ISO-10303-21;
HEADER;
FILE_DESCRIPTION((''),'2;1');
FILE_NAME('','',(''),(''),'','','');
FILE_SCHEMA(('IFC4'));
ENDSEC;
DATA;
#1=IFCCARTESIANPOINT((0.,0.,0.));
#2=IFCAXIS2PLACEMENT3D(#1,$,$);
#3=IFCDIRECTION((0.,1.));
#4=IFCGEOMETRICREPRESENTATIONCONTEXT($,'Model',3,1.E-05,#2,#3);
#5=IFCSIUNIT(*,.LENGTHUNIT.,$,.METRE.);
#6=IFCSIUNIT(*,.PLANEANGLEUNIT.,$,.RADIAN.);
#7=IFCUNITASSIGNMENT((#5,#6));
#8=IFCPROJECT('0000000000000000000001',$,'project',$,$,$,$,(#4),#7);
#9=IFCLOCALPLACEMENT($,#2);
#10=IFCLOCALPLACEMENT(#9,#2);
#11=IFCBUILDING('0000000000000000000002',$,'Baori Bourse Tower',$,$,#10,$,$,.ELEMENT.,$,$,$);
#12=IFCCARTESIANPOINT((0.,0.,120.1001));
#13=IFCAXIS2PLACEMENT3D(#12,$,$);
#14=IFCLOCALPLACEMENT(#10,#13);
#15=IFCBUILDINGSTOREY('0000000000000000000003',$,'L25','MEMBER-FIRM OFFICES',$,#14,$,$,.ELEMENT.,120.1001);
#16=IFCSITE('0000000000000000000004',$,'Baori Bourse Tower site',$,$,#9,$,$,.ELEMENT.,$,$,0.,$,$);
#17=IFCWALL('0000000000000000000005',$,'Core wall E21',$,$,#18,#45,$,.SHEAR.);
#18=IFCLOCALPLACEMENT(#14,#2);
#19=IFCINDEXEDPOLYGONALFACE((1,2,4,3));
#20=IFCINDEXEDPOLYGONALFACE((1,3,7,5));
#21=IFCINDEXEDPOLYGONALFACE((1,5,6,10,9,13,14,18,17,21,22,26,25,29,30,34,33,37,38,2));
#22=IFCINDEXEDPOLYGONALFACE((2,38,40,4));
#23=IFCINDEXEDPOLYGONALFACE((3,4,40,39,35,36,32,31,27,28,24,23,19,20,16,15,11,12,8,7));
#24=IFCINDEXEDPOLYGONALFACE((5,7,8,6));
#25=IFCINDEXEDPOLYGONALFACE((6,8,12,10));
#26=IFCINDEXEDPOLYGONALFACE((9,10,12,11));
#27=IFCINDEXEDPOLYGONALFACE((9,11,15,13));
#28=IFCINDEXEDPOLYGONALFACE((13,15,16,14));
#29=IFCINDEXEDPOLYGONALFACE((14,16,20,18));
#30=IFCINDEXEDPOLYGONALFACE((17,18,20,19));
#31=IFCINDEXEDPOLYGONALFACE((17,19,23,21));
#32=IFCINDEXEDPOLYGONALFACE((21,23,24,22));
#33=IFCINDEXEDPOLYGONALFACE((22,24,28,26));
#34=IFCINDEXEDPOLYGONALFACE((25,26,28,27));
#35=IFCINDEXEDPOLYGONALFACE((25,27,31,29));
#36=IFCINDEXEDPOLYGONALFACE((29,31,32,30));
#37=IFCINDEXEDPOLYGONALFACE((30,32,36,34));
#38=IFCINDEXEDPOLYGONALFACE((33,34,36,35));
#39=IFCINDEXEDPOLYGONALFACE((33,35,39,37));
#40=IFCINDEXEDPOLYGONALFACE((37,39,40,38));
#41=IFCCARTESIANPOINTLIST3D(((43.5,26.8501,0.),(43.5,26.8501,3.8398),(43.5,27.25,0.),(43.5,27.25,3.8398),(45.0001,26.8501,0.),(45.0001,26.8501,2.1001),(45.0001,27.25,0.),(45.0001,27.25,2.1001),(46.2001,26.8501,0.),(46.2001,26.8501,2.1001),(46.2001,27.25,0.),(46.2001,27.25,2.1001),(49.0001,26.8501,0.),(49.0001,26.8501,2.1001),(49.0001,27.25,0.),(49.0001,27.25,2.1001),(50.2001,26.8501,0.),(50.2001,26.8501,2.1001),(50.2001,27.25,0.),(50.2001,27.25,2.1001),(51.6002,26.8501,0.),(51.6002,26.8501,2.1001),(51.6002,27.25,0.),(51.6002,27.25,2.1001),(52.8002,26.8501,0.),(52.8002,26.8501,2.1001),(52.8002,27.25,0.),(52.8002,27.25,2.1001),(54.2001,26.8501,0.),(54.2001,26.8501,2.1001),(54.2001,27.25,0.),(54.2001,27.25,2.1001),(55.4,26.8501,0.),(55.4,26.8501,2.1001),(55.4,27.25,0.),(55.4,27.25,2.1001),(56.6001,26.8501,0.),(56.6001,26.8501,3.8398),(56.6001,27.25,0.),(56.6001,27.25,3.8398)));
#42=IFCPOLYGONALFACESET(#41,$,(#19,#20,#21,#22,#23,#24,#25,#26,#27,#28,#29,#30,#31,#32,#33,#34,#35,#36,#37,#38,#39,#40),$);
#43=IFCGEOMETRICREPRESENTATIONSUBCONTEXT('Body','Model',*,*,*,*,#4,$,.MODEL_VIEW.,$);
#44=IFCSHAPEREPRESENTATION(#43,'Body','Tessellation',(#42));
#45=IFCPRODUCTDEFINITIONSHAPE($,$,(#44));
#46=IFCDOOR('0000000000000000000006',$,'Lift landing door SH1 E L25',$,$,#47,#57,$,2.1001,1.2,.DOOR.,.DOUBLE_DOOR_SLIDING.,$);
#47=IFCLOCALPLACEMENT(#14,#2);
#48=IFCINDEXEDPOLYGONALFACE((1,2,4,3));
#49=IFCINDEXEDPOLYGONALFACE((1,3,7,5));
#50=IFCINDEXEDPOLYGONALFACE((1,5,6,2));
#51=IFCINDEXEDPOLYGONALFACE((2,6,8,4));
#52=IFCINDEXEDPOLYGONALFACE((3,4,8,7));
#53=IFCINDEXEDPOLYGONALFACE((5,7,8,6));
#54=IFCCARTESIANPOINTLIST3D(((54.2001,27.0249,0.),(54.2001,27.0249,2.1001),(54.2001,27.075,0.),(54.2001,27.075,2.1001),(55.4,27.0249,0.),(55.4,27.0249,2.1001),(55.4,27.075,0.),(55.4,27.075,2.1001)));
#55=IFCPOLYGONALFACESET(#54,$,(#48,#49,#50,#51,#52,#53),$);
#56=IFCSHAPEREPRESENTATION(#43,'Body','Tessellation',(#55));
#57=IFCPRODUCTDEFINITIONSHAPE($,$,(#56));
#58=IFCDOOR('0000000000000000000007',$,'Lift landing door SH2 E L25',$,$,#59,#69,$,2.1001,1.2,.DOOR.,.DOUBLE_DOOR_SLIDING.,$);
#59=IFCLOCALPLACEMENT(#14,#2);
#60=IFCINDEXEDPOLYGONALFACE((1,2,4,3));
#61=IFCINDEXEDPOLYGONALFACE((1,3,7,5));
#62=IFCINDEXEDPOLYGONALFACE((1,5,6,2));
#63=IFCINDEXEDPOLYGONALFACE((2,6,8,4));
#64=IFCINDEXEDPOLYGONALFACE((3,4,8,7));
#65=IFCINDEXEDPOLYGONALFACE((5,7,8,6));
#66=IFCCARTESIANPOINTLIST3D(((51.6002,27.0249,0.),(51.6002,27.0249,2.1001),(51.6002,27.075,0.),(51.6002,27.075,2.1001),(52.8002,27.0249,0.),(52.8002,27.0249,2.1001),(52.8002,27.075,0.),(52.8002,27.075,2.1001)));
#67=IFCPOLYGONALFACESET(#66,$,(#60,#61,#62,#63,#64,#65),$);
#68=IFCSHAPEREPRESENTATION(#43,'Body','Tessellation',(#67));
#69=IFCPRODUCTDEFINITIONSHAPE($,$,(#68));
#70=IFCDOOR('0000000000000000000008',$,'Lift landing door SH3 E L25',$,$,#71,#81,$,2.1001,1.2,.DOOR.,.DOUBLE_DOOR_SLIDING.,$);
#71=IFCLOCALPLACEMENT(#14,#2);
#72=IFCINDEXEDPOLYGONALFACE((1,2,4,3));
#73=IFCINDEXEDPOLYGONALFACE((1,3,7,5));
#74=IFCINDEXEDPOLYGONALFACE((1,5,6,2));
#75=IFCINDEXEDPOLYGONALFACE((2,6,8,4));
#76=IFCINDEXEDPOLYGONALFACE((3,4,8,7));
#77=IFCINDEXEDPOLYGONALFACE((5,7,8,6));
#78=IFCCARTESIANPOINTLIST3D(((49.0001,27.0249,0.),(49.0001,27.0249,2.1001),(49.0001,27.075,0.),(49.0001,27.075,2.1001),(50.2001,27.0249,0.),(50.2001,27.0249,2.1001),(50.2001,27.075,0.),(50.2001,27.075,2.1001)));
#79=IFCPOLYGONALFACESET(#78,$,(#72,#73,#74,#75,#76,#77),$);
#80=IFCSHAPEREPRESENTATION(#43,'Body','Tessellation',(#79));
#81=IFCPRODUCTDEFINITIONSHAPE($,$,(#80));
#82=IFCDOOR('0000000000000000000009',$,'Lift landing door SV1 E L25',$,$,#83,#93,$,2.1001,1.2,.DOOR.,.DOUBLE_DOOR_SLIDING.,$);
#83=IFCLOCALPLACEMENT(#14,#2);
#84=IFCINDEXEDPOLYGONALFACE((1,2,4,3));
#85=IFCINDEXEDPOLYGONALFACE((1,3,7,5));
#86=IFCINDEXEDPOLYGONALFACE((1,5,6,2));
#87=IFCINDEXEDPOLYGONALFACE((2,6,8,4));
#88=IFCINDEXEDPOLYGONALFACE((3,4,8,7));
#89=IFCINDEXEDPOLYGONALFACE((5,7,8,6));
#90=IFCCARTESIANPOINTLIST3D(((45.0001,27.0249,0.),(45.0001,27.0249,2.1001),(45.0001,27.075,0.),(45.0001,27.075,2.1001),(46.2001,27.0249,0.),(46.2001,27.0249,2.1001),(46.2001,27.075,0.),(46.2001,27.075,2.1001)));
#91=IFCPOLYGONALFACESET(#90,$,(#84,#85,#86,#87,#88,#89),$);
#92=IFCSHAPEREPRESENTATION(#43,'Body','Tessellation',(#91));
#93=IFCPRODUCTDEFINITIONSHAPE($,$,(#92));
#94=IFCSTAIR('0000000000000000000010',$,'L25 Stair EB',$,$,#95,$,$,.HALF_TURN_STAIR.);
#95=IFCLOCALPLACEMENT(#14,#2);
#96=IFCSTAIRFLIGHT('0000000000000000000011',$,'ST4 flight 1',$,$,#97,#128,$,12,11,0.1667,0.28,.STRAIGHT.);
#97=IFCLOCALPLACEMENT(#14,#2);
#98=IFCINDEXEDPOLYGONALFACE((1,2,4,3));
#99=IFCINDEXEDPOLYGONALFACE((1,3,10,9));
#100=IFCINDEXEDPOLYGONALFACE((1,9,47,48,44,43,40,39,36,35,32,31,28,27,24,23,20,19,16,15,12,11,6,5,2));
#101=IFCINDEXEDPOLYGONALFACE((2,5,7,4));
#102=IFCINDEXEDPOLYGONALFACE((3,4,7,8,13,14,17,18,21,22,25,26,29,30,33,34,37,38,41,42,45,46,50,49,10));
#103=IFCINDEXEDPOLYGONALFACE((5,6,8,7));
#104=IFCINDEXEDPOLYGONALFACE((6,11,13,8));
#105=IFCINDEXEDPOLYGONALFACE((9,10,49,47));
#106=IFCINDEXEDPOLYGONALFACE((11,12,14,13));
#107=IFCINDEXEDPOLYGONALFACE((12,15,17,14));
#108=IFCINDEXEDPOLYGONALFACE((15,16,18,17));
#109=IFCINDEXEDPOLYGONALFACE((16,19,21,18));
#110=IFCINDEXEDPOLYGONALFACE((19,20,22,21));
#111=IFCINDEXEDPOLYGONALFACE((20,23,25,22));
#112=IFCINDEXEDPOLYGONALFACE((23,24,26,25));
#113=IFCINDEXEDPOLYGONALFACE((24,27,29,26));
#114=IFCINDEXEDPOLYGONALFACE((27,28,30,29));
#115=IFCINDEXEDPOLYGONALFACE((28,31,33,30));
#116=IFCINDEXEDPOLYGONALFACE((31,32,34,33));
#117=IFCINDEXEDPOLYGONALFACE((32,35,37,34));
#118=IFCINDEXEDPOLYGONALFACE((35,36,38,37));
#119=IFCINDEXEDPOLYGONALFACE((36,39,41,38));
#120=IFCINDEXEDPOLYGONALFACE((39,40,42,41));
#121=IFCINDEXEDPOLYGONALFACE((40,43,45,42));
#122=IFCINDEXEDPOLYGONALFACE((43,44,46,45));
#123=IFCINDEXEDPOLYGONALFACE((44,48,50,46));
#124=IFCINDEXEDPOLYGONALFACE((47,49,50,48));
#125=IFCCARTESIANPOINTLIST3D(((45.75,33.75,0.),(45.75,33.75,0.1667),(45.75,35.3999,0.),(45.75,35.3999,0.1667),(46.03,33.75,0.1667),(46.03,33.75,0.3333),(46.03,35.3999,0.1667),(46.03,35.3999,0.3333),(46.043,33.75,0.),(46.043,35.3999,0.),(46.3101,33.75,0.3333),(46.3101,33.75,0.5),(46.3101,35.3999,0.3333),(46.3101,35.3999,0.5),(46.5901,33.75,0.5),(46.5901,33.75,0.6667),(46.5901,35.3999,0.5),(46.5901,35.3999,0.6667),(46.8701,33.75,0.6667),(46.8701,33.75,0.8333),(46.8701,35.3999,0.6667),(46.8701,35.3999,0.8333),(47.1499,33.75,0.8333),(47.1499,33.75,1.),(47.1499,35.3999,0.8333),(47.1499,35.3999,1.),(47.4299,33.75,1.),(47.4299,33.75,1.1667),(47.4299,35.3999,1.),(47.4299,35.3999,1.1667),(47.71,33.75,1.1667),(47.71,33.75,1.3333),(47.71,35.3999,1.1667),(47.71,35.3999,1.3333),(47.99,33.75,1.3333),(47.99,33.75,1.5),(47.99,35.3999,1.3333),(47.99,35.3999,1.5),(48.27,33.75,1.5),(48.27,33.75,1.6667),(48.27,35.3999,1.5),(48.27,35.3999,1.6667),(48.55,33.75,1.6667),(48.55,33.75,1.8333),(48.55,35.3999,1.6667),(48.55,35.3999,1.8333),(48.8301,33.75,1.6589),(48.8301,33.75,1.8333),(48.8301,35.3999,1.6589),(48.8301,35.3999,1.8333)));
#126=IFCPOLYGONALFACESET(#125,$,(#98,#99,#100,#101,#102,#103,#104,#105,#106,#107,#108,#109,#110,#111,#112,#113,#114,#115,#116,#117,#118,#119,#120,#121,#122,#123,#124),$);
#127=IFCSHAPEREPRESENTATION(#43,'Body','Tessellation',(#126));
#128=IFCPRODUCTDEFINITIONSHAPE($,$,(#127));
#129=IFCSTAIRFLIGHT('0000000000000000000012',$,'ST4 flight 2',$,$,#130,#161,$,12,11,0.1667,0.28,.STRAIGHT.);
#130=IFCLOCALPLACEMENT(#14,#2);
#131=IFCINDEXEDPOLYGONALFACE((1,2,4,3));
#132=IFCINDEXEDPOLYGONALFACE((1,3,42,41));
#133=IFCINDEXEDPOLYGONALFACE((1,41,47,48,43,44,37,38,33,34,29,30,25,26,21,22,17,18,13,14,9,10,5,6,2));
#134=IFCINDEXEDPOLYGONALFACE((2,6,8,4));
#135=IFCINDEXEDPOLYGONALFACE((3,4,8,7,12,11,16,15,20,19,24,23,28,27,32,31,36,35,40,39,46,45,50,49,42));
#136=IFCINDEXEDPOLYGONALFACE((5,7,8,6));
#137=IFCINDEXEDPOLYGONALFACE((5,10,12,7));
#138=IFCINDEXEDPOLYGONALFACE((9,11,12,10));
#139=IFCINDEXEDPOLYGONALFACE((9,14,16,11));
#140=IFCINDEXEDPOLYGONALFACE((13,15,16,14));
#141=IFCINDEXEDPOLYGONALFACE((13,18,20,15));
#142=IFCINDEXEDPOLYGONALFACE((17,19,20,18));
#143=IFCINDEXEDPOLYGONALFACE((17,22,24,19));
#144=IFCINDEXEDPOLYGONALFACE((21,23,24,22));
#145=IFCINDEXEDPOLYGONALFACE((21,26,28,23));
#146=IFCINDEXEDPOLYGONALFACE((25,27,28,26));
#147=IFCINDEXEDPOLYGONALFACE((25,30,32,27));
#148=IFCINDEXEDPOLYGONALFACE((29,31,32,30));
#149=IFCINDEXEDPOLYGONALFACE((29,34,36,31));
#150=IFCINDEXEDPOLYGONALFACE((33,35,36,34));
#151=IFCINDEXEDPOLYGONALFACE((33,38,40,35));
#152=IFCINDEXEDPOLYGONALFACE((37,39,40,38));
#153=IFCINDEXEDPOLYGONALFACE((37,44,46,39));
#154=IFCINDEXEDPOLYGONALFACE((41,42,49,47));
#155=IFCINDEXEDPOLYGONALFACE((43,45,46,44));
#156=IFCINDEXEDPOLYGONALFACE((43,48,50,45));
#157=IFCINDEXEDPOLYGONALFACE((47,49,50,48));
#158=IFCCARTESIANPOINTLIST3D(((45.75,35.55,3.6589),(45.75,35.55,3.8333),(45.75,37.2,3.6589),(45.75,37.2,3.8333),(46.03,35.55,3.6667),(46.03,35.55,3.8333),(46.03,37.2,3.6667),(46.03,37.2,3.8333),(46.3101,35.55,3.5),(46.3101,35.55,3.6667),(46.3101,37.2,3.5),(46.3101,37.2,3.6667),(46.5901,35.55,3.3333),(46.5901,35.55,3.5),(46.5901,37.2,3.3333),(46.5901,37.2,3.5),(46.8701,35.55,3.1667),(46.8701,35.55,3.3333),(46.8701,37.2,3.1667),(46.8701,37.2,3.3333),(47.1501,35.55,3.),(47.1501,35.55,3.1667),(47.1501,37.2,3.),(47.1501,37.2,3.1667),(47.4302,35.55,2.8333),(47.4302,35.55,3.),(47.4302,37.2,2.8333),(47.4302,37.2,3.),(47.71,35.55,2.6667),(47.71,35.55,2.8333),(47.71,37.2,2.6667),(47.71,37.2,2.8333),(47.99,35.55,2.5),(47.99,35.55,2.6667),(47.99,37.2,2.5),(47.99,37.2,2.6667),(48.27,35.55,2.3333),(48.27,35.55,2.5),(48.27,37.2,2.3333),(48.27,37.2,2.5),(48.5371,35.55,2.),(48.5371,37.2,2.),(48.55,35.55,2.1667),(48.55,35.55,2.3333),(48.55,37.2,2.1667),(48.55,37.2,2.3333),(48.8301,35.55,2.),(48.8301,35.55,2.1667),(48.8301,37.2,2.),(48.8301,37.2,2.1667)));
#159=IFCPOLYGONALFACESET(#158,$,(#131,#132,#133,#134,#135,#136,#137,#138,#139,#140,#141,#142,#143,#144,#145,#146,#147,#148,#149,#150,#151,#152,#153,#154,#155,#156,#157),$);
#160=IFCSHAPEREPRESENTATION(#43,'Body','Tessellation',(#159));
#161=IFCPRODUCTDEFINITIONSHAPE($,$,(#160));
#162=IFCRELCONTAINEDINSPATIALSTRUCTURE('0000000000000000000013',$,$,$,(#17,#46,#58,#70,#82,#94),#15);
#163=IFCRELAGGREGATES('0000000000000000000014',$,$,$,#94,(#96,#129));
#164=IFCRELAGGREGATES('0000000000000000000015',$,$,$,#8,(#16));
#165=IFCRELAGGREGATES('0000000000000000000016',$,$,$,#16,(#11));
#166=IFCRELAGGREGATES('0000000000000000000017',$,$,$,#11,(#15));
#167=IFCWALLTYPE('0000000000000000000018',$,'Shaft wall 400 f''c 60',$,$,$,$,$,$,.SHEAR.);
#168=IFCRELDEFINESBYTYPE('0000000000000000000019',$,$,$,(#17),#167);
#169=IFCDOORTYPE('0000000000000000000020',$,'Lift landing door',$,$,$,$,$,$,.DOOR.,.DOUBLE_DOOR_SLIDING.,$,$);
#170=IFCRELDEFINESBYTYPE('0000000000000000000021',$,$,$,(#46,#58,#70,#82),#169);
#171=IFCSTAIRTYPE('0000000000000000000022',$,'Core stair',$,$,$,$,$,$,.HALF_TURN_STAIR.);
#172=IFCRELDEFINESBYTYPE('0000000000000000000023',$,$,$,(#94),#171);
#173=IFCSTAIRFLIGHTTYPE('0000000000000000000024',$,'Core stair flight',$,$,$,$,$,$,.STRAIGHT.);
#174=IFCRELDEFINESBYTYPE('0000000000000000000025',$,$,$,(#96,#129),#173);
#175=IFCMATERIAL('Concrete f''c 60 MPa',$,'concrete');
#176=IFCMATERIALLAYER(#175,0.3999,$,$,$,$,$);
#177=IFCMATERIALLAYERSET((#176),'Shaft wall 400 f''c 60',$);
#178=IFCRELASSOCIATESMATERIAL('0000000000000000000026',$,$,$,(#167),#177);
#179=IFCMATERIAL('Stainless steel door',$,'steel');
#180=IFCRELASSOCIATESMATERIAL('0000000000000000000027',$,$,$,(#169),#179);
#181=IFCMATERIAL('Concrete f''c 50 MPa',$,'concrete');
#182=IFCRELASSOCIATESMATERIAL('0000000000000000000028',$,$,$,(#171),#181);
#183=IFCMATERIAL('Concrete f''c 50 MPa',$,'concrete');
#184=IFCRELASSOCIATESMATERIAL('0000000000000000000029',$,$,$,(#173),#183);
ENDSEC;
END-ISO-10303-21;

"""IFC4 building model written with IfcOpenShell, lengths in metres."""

from ifc_helpers import new_model, si_unit, direction, frame, frame_2d, origin, place, context, subcontext, project, spatial, polyline, rectangle, outline, extrude, material, layer, layer_set, type_object, element, fill, aggregate, save


model = new_model("IFC4")

# Units and contexts
model_context = context("Model", 3, precision=1e-05, world=origin(), true_north=direction((0.0, 1.0)))
body_context = subcontext(model_context, "Body", "Model", "MODEL_VIEW")
ifc_project = project(units=[si_unit("LENGTHUNIT", "METRE"), si_unit("PLANEANGLEUNIT", "RADIAN")], contexts=[model_context])

# Site, building, storey
site_placement = place(None, origin())
site = spatial("IfcSite", under=ifc_project, at=site_placement, Name="Baori Bourse Tower site", CompositionType="ELEMENT", RefElevation=0.0)
building_placement = place(site_placement, origin())
building = spatial("IfcBuilding", under=site, at=building_placement, Name="Baori Bourse Tower", CompositionType="ELEMENT")
storey_placement = place(building_placement, frame((0.0, 0.0, 120.1001)))
storey = spatial("IfcBuildingStorey", under=building, at=storey_placement, Name="L25", Description="MEMBER-FIRM OFFICES", CompositionType="ELEMENT", Elevation=120.1001)

# Wall, openings, doors
ifc_material_1 = material(Name="Concrete f'c 60 MPa", Category="concrete")
ifc_layer_1 = layer(ifc_material_1, 0.3999)
ifc_layer_set_1 = layer_set([ifc_layer_1], Name="Shaft wall 400 f'c 60")
wall_type_1 = type_object("IfcWallType", Name="Shaft wall 400 f'c 60", PredefinedType="SHEAR", material=ifc_layer_set_1)
wall_1_placement = place(storey_placement, frame((43.5, 27.05, 0.0), z_axis=(0.0, 0.0, 1.0), x_axis=(1.0, 0.0, 0.0)))
wall_1 = element("IfcWall", 1, at=wall_1_placement, inside=storey, type_object=wall_type_1, Name="Core wall E21", PredefinedType="SHEAR", context=body_context, shape_type="SweptSolid", body=[
    extrude(rectangle(XDim=13.1001, YDim=0.3999, at=frame_2d((6.55, 0.0))), origin(), (0.0, 0.0, 1.0), 3.8398),
])
opening_1_placement = place(wall_1_placement, frame((10.7, 0.0, 0.0)))
opening_1 = element("IfcOpeningElement", 2, at=opening_1_placement, cuts=wall_1, PredefinedType="OPENING", context=body_context, shape_type="SweptSolid", body=[
    extrude(rectangle(XDim=1.2, YDim=2.1001, at=frame_2d((0.6001, 1.05))), frame((0.0, 0.21, 0.0), z_axis=(0.0, -1.0, 0.0), x_axis=(1.0, 0.0, 0.0)), (0.0, 0.0, 1.0), 0.4199),
])
opening_2_placement = place(wall_1_placement, frame((8.1001, 0.0, 0.0)))
opening_2 = element("IfcOpeningElement", 3, at=opening_2_placement, cuts=wall_1, PredefinedType="OPENING", context=body_context, shape_type="SweptSolid", body=[
    extrude(rectangle(XDim=1.2, YDim=2.1001, at=frame_2d((0.6001, 1.05))), frame((0.0, 0.21, 0.0), z_axis=(0.0, -1.0, 0.0), x_axis=(1.0, 0.0, 0.0)), (0.0, 0.0, 1.0), 0.4199),
])
opening_3_placement = place(wall_1_placement, frame((5.5, 0.0, 0.0)))
opening_3 = element("IfcOpeningElement", 4, at=opening_3_placement, cuts=wall_1, PredefinedType="OPENING", context=body_context, shape_type="SweptSolid", body=[
    extrude(rectangle(XDim=1.2, YDim=2.1001, at=frame_2d((0.6001, 1.05))), frame((0.0, 0.21, 0.0), z_axis=(0.0, -1.0, 0.0), x_axis=(1.0, 0.0, 0.0)), (0.0, 0.0, 1.0), 0.4199),
])
opening_4_placement = place(wall_1_placement, frame((1.5, 0.0, 0.0)))
opening_4 = element("IfcOpeningElement", 5, at=opening_4_placement, cuts=wall_1, PredefinedType="OPENING", context=body_context, shape_type="SweptSolid", body=[
    extrude(rectangle(XDim=1.2, YDim=2.1001, at=frame_2d((0.6001, 1.05))), frame((0.0, 0.21, 0.0), z_axis=(0.0, -1.0, 0.0), x_axis=(1.0, 0.0, 0.0)), (0.0, 0.0, 1.0), 0.4199),
])
ifc_material_2 = material(Name="Stainless steel door", Category="steel")
door_type_1 = type_object("IfcDoorType", Name="Lift landing door", OperationType="DOUBLE_DOOR_SLIDING", PredefinedType="DOOR", material=ifc_material_2)
door_1_placement = place(opening_1_placement, origin())
door_1 = element("IfcDoor", 6, at=door_1_placement, inside=storey, type_object=door_type_1, Name="Lift landing door SH1 E L25", OperationType="DOUBLE_DOOR_SLIDING", OverallHeight=2.1001, OverallWidth=1.2, PredefinedType="DOOR", context=body_context, shape_type="SweptSolid", body=[
    extrude(rectangle(XDim=1.2, YDim=2.1001, at=frame_2d((0.6001, 1.05))), frame((0.0, 0.0249, 0.0), z_axis=(0.0, -1.0, 0.0), x_axis=(1.0, 0.0, 0.0)), (0.0, 0.0, 1.0), 0.05),
])
fill(opening_1, door_1)
door_2_placement = place(opening_2_placement, origin())
door_2 = element("IfcDoor", 7, at=door_2_placement, inside=storey, type_object=door_type_1, Name="Lift landing door SH2 E L25", OperationType="DOUBLE_DOOR_SLIDING", OverallHeight=2.1001, OverallWidth=1.2, PredefinedType="DOOR", context=body_context, shape_type="SweptSolid", body=[
    extrude(rectangle(XDim=1.2, YDim=2.1001, at=frame_2d((0.6001, 1.05))), frame((0.0, 0.0249, 0.0), z_axis=(0.0, -1.0, 0.0), x_axis=(1.0, 0.0, 0.0)), (0.0, 0.0, 1.0), 0.05),
])
fill(opening_2, door_2)
door_3_placement = place(opening_3_placement, origin())
door_3 = element("IfcDoor", 8, at=door_3_placement, inside=storey, type_object=door_type_1, Name="Lift landing door SH3 E L25", OperationType="DOUBLE_DOOR_SLIDING", OverallHeight=2.1001, OverallWidth=1.2, PredefinedType="DOOR", context=body_context, shape_type="SweptSolid", body=[
    extrude(rectangle(XDim=1.2, YDim=2.1001, at=frame_2d((0.6001, 1.05))), frame((0.0, 0.0249, 0.0), z_axis=(0.0, -1.0, 0.0), x_axis=(1.0, 0.0, 0.0)), (0.0, 0.0, 1.0), 0.05),
])
fill(opening_3, door_3)
door_4_placement = place(opening_4_placement, origin())
door_4 = element("IfcDoor", 9, at=door_4_placement, inside=storey, type_object=door_type_1, Name="Lift landing door SV1 E L25", OperationType="DOUBLE_DOOR_SLIDING", OverallHeight=2.1001, OverallWidth=1.2, PredefinedType="DOOR", context=body_context, shape_type="SweptSolid", body=[
    extrude(rectangle(XDim=1.2, YDim=2.1001, at=frame_2d((0.6001, 1.05))), frame((0.0, 0.0249, 0.0), z_axis=(0.0, -1.0, 0.0), x_axis=(1.0, 0.0, 0.0)), (0.0, 0.0, 1.0), 0.05),
])
fill(opening_4, door_4)

# Stair, stair flights
ifc_material_3 = material(Name="Concrete f'c 50 MPa", Category="concrete")
stair_type = type_object("IfcStairType", Name="Core stair", PredefinedType="HALF_TURN_STAIR", material=ifc_material_3)
stair_placement = place(storey_placement, origin())
stair = element("IfcStair", 10, at=stair_placement, inside=storey, type_object=stair_type, Name="L25 Stair EB", PredefinedType="HALF_TURN_STAIR")
ifc_material_4 = material(Name="Concrete f'c 50 MPa", Category="concrete")
stair_flight_type = type_object("IfcStairFlightType", Name="Core stair flight", PredefinedType="STRAIGHT", material=ifc_material_4)
stair_flight_1_placement = place(storey_placement, frame((45.75, 34.575, 0.0), z_axis=(0.0, 0.0, 1.0), x_axis=(1.0, 0.0, 0.0)))
stair_flight_1 = element("IfcStairFlight", 11, at=stair_flight_1_placement, type_object=stair_flight_type, Name="ST4 flight 1", NumberOfRisers=12, NumberOfTreads=11, PredefinedType="STRAIGHT", RiserHeight=0.1667, TreadLength=0.28, context=body_context, shape_type="SweptSolid", body=[
    extrude(outline(polyline([(0.0, 0.0), (0.0, 0.1667), (0.28, 0.1667), (0.28, 0.3333), (0.5601, 0.3333), (0.5601, 0.5), (0.8401, 0.5), (0.8401, 0.6667), (1.1201, 0.6667), (1.1201, 0.8333), (1.3999, 0.8333), (1.3999, 1.0), (1.6799, 1.0), (1.6799, 1.1667), (1.96, 1.1667), (1.96, 1.3333), (2.24, 1.3333), (2.24, 1.5), (2.52, 1.5), (2.52, 1.6667), (2.8, 1.6667), (2.8, 1.8333), (3.0801, 1.8333), (3.0801, 2.0), (3.0801, 1.6589), (0.293, 0.0), (0.0, 0.0)])), frame((0.0, 0.825, 0.0), z_axis=(0.0, -1.0, 0.0), x_axis=(1.0, 0.0, 0.0)), (0.0, 0.0, 1.0), 1.6499),
])
stair_flight_2_placement = place(storey_placement, frame((48.8301, 36.375, 2.0), z_axis=(0.0, 0.0, 1.0), x_axis=(-1.0, 0.0, 0.0)))
stair_flight_2 = element("IfcStairFlight", 12, at=stair_flight_2_placement, type_object=stair_flight_type, Name="ST4 flight 2", NumberOfRisers=12, NumberOfTreads=11, PredefinedType="STRAIGHT", RiserHeight=0.1667, TreadLength=0.28, context=body_context, shape_type="SweptSolid", body=[
    extrude(outline(polyline([(0.0, 0.0), (0.0, 0.1667), (0.28, 0.1667), (0.28, 0.3333), (0.5601, 0.3333), (0.5601, 0.5), (0.8401, 0.5), (0.8401, 0.6667), (1.1201, 0.6667), (1.1201, 0.8333), (1.3999, 0.8333), (1.3999, 1.0), (1.6799, 1.0), (1.6799, 1.1667), (1.96, 1.1667), (1.96, 1.3333), (2.24, 1.3333), (2.24, 1.5), (2.52, 1.5), (2.52, 1.6667), (2.8, 1.6667), (2.8, 1.8333), (3.0801, 1.8333), (3.0801, 2.0), (3.0801, 1.6589), (0.293, 0.0), (0.0, 0.0)])), frame((0.0, 0.825, 0.0), z_axis=(0.0, -1.0, 0.0), x_axis=(1.0, 0.0, 0.0)), (0.0, 0.0, 1.0), 1.6499),
])
aggregate(stair, [stair_flight_1, stair_flight_2])

save(model, "model.ifc")
